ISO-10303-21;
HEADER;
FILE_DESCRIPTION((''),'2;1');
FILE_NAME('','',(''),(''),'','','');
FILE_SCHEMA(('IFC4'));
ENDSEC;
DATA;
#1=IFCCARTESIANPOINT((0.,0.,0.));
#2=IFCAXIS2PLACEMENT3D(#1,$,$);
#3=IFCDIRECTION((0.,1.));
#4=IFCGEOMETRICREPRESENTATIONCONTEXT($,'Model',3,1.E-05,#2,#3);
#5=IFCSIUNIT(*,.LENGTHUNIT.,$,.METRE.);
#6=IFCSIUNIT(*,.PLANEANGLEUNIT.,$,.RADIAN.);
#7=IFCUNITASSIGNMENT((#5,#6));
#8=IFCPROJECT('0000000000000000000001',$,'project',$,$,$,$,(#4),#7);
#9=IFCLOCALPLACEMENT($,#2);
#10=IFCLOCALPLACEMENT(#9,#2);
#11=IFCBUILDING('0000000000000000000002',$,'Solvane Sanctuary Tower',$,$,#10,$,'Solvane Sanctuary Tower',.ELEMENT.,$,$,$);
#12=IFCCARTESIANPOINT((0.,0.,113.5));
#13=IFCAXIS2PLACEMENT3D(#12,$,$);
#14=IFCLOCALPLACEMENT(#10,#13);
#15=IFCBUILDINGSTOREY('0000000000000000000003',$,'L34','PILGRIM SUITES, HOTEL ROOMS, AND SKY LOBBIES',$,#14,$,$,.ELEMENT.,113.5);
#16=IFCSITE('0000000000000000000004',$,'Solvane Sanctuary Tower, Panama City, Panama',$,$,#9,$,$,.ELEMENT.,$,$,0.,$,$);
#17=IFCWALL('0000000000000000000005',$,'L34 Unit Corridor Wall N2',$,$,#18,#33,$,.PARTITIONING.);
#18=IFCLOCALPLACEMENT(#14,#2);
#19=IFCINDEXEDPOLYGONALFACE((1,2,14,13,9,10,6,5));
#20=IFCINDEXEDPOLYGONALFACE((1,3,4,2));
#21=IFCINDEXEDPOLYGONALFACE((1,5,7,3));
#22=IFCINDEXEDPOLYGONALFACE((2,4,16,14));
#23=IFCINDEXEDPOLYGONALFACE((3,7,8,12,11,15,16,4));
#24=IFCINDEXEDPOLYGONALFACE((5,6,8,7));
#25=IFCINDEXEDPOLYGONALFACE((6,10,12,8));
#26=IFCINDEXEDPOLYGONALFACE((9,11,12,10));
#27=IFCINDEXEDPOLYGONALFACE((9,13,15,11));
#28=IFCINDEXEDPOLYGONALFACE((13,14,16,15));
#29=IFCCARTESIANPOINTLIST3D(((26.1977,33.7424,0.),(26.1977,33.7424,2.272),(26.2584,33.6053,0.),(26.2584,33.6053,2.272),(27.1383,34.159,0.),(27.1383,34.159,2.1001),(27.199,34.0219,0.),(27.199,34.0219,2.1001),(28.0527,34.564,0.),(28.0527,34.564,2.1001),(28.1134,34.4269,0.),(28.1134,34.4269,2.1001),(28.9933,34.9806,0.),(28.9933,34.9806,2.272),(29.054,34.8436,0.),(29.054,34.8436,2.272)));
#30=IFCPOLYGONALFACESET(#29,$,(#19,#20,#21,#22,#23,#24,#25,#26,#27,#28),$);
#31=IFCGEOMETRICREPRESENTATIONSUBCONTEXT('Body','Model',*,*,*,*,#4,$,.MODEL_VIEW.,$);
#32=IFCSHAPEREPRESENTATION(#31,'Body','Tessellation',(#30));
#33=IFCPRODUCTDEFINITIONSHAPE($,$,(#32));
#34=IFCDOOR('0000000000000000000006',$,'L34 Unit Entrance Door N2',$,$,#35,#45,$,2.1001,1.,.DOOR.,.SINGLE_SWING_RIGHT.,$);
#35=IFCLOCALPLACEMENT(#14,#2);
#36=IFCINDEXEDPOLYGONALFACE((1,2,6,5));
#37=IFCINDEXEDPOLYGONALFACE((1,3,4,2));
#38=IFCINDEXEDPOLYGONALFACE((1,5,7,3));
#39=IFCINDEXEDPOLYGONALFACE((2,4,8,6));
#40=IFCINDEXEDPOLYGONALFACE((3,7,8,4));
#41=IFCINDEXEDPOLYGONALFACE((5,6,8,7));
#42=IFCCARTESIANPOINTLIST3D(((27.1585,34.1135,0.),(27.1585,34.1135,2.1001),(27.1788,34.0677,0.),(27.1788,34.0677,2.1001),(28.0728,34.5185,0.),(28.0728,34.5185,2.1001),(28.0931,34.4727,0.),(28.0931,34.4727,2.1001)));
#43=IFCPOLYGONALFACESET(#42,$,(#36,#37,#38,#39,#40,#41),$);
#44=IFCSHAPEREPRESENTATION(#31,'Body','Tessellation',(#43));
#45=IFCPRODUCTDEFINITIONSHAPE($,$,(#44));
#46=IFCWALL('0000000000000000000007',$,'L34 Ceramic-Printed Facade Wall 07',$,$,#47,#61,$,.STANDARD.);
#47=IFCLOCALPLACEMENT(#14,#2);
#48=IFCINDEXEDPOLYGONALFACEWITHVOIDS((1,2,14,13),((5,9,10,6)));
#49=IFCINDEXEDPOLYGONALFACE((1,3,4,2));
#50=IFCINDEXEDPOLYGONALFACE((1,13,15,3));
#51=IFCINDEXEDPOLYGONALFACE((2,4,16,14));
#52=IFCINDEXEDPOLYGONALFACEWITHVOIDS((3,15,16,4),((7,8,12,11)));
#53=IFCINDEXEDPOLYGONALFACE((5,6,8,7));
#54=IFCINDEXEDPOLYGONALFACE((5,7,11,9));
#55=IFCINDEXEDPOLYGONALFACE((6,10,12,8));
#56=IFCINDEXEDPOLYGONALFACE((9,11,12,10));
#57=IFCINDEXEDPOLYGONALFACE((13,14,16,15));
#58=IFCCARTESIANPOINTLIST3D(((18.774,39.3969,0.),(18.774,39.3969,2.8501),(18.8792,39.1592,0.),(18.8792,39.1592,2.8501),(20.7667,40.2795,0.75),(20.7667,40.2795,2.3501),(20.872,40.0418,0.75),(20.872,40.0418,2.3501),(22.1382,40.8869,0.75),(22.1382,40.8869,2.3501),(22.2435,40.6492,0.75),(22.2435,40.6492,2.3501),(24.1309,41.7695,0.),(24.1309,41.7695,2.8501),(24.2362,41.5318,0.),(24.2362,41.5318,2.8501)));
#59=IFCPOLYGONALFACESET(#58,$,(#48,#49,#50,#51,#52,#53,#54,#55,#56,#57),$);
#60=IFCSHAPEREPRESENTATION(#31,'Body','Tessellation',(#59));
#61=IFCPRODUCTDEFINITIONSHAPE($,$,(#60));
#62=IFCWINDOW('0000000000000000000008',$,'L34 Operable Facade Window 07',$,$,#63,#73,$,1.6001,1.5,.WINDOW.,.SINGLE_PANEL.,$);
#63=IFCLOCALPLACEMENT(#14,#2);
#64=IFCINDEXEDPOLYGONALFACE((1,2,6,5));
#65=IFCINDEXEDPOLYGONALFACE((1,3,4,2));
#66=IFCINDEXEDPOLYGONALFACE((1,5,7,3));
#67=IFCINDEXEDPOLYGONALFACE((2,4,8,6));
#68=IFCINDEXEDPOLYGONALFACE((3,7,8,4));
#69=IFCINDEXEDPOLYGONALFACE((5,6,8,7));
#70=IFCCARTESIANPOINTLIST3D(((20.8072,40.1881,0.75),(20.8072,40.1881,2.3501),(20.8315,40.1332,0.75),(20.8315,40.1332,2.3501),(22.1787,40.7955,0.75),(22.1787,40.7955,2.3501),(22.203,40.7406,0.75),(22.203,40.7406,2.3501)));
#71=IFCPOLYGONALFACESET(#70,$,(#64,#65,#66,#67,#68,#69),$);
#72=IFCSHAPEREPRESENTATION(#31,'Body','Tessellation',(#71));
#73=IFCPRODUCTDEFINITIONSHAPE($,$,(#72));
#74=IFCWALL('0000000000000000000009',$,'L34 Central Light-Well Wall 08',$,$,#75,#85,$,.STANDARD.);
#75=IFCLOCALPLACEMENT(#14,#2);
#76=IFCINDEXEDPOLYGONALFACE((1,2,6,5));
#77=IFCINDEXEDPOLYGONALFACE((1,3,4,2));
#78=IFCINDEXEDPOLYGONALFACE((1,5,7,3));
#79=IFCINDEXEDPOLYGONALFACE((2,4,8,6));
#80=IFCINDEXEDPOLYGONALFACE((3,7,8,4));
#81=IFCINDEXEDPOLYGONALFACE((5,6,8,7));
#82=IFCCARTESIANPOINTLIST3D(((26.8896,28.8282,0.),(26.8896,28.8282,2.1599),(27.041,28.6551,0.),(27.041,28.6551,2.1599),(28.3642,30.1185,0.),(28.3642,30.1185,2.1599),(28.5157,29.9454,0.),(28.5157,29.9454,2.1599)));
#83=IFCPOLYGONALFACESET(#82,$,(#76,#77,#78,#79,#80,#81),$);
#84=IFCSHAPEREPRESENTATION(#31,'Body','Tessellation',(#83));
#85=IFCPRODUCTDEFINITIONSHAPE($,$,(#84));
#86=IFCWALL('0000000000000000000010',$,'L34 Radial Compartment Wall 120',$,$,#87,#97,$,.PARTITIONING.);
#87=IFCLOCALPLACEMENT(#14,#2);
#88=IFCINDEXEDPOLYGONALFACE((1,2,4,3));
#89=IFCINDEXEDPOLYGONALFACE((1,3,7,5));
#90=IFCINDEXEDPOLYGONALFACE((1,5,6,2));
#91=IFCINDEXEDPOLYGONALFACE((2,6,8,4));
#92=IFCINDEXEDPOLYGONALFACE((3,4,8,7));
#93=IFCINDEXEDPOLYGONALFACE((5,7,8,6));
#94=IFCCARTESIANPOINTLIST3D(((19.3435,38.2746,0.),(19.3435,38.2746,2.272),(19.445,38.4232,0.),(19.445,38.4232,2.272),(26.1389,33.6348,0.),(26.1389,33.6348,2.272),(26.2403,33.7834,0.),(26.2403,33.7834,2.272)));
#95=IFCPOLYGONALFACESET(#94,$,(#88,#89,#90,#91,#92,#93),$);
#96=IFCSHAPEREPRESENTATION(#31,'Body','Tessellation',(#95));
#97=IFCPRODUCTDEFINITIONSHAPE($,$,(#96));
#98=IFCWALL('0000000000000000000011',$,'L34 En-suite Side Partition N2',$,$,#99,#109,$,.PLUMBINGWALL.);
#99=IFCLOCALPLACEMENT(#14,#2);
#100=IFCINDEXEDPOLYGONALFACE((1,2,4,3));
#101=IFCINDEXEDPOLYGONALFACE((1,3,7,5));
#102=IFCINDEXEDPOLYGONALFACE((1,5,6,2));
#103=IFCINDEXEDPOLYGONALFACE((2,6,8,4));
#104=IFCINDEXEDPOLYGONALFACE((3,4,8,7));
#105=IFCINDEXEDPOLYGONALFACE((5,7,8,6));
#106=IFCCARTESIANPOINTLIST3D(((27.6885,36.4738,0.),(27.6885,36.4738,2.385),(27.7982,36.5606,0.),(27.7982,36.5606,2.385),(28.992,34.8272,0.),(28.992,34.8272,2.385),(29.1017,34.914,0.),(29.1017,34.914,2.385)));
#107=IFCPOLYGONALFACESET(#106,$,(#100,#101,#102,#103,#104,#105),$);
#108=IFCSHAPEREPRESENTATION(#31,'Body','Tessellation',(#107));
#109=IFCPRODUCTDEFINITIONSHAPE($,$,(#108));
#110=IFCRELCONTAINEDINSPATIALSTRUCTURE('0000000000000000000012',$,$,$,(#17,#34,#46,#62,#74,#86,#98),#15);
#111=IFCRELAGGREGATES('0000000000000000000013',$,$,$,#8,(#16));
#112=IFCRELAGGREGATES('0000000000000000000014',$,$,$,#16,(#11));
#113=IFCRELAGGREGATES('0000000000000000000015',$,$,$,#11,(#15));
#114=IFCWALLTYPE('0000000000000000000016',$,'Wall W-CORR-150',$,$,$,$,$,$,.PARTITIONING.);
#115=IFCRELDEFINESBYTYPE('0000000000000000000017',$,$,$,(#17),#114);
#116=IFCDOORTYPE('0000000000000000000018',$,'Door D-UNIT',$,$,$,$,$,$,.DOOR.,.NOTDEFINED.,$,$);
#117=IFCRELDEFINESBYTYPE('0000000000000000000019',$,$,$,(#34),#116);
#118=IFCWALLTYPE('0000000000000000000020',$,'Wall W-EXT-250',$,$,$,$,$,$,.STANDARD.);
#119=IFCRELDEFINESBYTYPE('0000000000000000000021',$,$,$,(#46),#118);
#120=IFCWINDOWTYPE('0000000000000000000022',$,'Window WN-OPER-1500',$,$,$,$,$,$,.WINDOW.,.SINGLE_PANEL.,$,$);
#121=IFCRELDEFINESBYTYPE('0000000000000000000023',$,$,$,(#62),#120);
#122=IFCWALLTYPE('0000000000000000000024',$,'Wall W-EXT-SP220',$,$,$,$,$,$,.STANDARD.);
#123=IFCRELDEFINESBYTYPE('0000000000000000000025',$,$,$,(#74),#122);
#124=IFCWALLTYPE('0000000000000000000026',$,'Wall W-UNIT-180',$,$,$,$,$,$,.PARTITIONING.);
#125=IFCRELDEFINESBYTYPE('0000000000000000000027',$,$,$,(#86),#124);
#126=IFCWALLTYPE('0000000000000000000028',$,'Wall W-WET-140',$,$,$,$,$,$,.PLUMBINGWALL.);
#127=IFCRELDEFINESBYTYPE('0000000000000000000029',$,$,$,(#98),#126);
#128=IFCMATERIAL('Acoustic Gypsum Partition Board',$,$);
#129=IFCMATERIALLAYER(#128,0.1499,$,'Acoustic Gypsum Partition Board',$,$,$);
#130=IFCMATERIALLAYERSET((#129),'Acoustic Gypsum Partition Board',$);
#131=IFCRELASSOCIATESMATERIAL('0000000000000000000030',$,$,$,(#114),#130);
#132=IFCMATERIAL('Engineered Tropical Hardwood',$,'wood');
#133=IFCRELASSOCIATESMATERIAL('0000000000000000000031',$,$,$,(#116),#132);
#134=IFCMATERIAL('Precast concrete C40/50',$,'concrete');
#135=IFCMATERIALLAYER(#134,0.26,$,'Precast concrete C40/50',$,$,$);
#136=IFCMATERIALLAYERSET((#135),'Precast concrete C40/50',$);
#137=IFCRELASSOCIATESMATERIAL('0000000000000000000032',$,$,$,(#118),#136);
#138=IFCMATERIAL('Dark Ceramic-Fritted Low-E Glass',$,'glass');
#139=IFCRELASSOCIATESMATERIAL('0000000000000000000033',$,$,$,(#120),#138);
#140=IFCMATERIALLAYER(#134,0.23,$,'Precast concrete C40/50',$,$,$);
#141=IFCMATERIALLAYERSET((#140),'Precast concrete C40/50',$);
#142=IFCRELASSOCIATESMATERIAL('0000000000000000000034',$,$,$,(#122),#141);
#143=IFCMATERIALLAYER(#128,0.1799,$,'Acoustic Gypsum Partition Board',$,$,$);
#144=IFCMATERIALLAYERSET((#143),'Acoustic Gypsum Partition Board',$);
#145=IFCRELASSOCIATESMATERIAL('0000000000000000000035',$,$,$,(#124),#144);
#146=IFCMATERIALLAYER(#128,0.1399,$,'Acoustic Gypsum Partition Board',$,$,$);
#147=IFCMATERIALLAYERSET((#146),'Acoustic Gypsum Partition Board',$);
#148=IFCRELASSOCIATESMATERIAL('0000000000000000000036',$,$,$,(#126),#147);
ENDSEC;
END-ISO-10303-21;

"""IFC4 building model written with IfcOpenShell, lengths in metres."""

from ifc_helpers import new_model, si_unit, direction, frame, frame_2d, origin, place, context, subcontext, project, spatial, rectangle, extrude, material, layer, layer_set, type_object, element, fill, save


model = new_model("IFC4")

# Units and contexts
model_context = context("Model", 3, precision=1e-05, world=origin(), true_north=direction((0.0, 1.0)))
body_context = subcontext(model_context, "Body", "Model", "MODEL_VIEW")
ifc_project = project(units=[si_unit("LENGTHUNIT", "METRE"), si_unit("PLANEANGLEUNIT", "RADIAN")], contexts=[model_context])

# Site, building, storey
site_placement = place(None, origin())
site = spatial("IfcSite", under=ifc_project, at=site_placement, Name="Solvane Sanctuary Tower, Panama City, Panama", CompositionType="ELEMENT", RefElevation=0.0)
building_placement = place(site_placement, origin())
building = spatial("IfcBuilding", under=site, at=building_placement, Name="Solvane Sanctuary Tower", LongName="Solvane Sanctuary Tower", CompositionType="ELEMENT")
storey_placement = place(building_placement, frame((0.0, 0.0, 113.5)))
storey = spatial("IfcBuildingStorey", under=building, at=storey_placement, Name="L34", Description="PILGRIM SUITES, HOTEL ROOMS, AND SKY LOBBIES", CompositionType="ELEMENT", Elevation=113.5)

# Shared definitions
ifc_material_1 = material(Name="Acoustic Gypsum Partition Board")
ifc_layer_1 = layer(ifc_material_1, 0.1499, Name="Acoustic Gypsum Partition Board")
ifc_layer_set_1 = layer_set([ifc_layer_1], Name="Acoustic Gypsum Partition Board")
wall_type_1 = type_object("IfcWallType", Name="Wall W-CORR-150", PredefinedType="PARTITIONING", material=ifc_layer_set_1)

# Wall, opening, door
wall_1_placement = place(storey_placement, frame((29.0237, 34.9121, 0.0), z_axis=(0.0, 0.0, 1.0), x_axis=(-0.914324, -0.404982, 0.0)))
wall_1 = element("IfcWall", 1, at=wall_1_placement, inside=storey, type_object=wall_type_1, Name="L34 Unit Corridor Wall N2", PredefinedType="PARTITIONING", context=body_context, shape_type="SweptSolid", body=[
    extrude(rectangle(XDim=3.0576, YDim=0.1499, at=frame_2d((1.5288, 0.0))), origin(), (0.0, 0.0, 1.0), 2.272),
])
opening_1_placement = place(wall_1_placement, frame((1.0288, 0.0, 0.0)))
opening_1 = element("IfcOpeningElement", 2, at=opening_1_placement, cuts=wall_1, PredefinedType="OPENING", context=body_context, shape_type="SweptSolid", body=[
    extrude(rectangle(XDim=1.0, YDim=2.1001, at=frame_2d((0.5, 1.05))), frame((0.0, 0.085, 0.0), z_axis=(0.0, -1.0, 0.0), x_axis=(1.0, 0.0, 0.0)), (0.0, 0.0, 1.0), 0.1699),
])
ifc_material_2 = material(Name="Engineered Tropical Hardwood", Category="wood")
door_type = type_object("IfcDoorType", Name="Door D-UNIT", OperationType="NOTDEFINED", PredefinedType="DOOR", material=ifc_material_2)
door_placement = place(opening_1_placement, origin())
door = element("IfcDoor", 3, at=door_placement, inside=storey, type_object=door_type, Name="L34 Unit Entrance Door N2", OperationType="SINGLE_SWING_RIGHT", OverallHeight=2.1001, OverallWidth=1.0, PredefinedType="DOOR", context=body_context, shape_type="SweptSolid", body=[
    extrude(rectangle(XDim=1.0, YDim=2.1001, at=frame_2d((0.5, 1.05))), frame((0.0, 0.0249, 0.0), z_axis=(0.0, -1.0, 0.0), x_axis=(1.0, 0.0, 0.0)), (0.0, 0.0, 1.0), 0.05),
])
fill(opening_1, door)

# Wall, opening, window
ifc_material_3 = material(Name="Precast concrete C40/50", Category="concrete")
ifc_layer_2 = layer(ifc_material_3, 0.26, Name="Precast concrete C40/50")
ifc_layer_set_2 = layer_set([ifc_layer_2], Name="Precast concrete C40/50")
wall_type_2 = type_object("IfcWallType", Name="Wall W-EXT-250", PredefinedType="STANDARD", material=ifc_layer_set_2)
wall_2_placement = place(storey_placement, frame((24.1836, 41.6506, 0.0), z_axis=(0.0, 0.0, 1.0), x_axis=(-0.914337, -0.404955, 0.0)))
wall_2 = element("IfcWall", 4, at=wall_2_placement, inside=storey, type_object=wall_type_2, Name="L34 Ceramic-Printed Facade Wall 07", PredefinedType="STANDARD", context=body_context, shape_type="SweptSolid", body=[
    extrude(rectangle(XDim=5.8589, YDim=0.26, at=frame_2d((2.9294, 0.0))), origin(), (0.0, 0.0, 1.0), 2.8501),
])
opening_2_placement = place(wall_2_placement, frame((2.1794, 0.0, 0.75)))
opening_2 = element("IfcOpeningElement", 5, at=opening_2_placement, cuts=wall_2, PredefinedType="OPENING", context=body_context, shape_type="SweptSolid", body=[
    extrude(rectangle(XDim=1.5, YDim=1.6001, at=frame_2d((0.75, 0.8))), frame((0.0, 0.1399, 0.0), z_axis=(0.0, -1.0, 0.0), x_axis=(1.0, 0.0, 0.0)), (0.0, 0.0, 1.0), 0.28),
])
ifc_material_4 = material(Name="Dark Ceramic-Fritted Low-E Glass", Category="glass")
window_type = type_object("IfcWindowType", Name="Window WN-OPER-1500", PartitioningType="SINGLE_PANEL", PredefinedType="WINDOW", material=ifc_material_4)
window_placement = place(opening_2_placement, origin())
window = element("IfcWindow", 6, at=window_placement, inside=storey, type_object=window_type, Name="L34 Operable Facade Window 07", OverallHeight=1.6001, OverallWidth=1.5, PartitioningType="SINGLE_PANEL", PredefinedType="WINDOW", context=body_context, shape_type="SweptSolid", body=[
    extrude(rectangle(XDim=1.5, YDim=1.6001, at=frame_2d((0.75, 0.8))), frame((0.0, 0.03, 0.0), z_axis=(0.0, -1.0, 0.0), x_axis=(1.0, 0.0, 0.0)), (0.0, 0.0, 1.0), 0.0601),
])
fill(opening_2, window)

# Walls
ifc_layer_3 = layer(ifc_material_3, 0.23, Name="Precast concrete C40/50")
ifc_layer_set_3 = layer_set([ifc_layer_3], Name="Precast concrete C40/50")
wall_type_3 = type_object("IfcWallType", Name="Wall W-EXT-SP220", PredefinedType="STANDARD", material=ifc_layer_set_3)
wall_3_placement = place(storey_placement, frame((28.4399, 30.032, 0.0), z_axis=(0.0, 0.0, 1.0), x_axis=(-0.752577, -0.658505, 0.0)))
element("IfcWall", 7, at=wall_3_placement, inside=storey, type_object=wall_type_3, Name="L34 Central Light-Well Wall 08", PredefinedType="STANDARD", context=body_context, shape_type="SweptSolid", body=[
    extrude(rectangle(XDim=1.9595, YDim=0.23, at=frame_2d((0.9797, 0.0))), origin(), (0.0, 0.0, 1.0), 2.1599),
])
ifc_layer_4 = layer(ifc_material_1, 0.1799, Name="Acoustic Gypsum Partition Board")
ifc_layer_set_4 = layer_set([ifc_layer_4], Name="Acoustic Gypsum Partition Board")
wall_type_4 = type_object("IfcWallType", Name="Wall W-UNIT-180", PredefinedType="PARTITIONING", material=ifc_layer_set_4)
wall_4_placement = place(storey_placement, frame((26.1897, 33.709, 0.0), z_axis=(0.0, 0.0, 1.0), x_axis=(-0.825851, 0.563889, 0.0)))
element("IfcWall", 8, at=wall_4_placement, inside=storey, type_object=wall_type_4, Name="L34 Radial Compartment Wall 120", PredefinedType="PARTITIONING", context=body_context, shape_type="SweptSolid", body=[
    extrude(rectangle(XDim=8.2283, YDim=0.1799, at=frame_2d((4.1143, 0.0))), origin(), (0.0, 0.0, 1.0), 2.272),
])
ifc_layer_5 = layer(ifc_material_1, 0.1399, Name="Acoustic Gypsum Partition Board")
ifc_layer_set_5 = layer_set([ifc_layer_5], Name="Acoustic Gypsum Partition Board")
wall_type_5 = type_object("IfcWallType", Name="Wall W-WET-140", PredefinedType="PLUMBINGWALL", material=ifc_layer_set_5)
wall_5_placement = place(storey_placement, frame((29.0469, 34.8706, 0.0), z_axis=(0.0, 0.0, 1.0), x_axis=(-0.620703, 0.784046, 0.0)))
element("IfcWall", 9, at=wall_5_placement, inside=storey, type_object=wall_type_5, Name="L34 En-suite Side Partition N2", PredefinedType="PLUMBINGWALL", context=body_context, shape_type="SweptSolid", body=[
    extrude(rectangle(XDim=2.1001, YDim=0.1399, at=frame_2d((1.05, 0.0))), origin(), (0.0, 0.0, 1.0), 2.385),
])

save(model, "model.ifc")
